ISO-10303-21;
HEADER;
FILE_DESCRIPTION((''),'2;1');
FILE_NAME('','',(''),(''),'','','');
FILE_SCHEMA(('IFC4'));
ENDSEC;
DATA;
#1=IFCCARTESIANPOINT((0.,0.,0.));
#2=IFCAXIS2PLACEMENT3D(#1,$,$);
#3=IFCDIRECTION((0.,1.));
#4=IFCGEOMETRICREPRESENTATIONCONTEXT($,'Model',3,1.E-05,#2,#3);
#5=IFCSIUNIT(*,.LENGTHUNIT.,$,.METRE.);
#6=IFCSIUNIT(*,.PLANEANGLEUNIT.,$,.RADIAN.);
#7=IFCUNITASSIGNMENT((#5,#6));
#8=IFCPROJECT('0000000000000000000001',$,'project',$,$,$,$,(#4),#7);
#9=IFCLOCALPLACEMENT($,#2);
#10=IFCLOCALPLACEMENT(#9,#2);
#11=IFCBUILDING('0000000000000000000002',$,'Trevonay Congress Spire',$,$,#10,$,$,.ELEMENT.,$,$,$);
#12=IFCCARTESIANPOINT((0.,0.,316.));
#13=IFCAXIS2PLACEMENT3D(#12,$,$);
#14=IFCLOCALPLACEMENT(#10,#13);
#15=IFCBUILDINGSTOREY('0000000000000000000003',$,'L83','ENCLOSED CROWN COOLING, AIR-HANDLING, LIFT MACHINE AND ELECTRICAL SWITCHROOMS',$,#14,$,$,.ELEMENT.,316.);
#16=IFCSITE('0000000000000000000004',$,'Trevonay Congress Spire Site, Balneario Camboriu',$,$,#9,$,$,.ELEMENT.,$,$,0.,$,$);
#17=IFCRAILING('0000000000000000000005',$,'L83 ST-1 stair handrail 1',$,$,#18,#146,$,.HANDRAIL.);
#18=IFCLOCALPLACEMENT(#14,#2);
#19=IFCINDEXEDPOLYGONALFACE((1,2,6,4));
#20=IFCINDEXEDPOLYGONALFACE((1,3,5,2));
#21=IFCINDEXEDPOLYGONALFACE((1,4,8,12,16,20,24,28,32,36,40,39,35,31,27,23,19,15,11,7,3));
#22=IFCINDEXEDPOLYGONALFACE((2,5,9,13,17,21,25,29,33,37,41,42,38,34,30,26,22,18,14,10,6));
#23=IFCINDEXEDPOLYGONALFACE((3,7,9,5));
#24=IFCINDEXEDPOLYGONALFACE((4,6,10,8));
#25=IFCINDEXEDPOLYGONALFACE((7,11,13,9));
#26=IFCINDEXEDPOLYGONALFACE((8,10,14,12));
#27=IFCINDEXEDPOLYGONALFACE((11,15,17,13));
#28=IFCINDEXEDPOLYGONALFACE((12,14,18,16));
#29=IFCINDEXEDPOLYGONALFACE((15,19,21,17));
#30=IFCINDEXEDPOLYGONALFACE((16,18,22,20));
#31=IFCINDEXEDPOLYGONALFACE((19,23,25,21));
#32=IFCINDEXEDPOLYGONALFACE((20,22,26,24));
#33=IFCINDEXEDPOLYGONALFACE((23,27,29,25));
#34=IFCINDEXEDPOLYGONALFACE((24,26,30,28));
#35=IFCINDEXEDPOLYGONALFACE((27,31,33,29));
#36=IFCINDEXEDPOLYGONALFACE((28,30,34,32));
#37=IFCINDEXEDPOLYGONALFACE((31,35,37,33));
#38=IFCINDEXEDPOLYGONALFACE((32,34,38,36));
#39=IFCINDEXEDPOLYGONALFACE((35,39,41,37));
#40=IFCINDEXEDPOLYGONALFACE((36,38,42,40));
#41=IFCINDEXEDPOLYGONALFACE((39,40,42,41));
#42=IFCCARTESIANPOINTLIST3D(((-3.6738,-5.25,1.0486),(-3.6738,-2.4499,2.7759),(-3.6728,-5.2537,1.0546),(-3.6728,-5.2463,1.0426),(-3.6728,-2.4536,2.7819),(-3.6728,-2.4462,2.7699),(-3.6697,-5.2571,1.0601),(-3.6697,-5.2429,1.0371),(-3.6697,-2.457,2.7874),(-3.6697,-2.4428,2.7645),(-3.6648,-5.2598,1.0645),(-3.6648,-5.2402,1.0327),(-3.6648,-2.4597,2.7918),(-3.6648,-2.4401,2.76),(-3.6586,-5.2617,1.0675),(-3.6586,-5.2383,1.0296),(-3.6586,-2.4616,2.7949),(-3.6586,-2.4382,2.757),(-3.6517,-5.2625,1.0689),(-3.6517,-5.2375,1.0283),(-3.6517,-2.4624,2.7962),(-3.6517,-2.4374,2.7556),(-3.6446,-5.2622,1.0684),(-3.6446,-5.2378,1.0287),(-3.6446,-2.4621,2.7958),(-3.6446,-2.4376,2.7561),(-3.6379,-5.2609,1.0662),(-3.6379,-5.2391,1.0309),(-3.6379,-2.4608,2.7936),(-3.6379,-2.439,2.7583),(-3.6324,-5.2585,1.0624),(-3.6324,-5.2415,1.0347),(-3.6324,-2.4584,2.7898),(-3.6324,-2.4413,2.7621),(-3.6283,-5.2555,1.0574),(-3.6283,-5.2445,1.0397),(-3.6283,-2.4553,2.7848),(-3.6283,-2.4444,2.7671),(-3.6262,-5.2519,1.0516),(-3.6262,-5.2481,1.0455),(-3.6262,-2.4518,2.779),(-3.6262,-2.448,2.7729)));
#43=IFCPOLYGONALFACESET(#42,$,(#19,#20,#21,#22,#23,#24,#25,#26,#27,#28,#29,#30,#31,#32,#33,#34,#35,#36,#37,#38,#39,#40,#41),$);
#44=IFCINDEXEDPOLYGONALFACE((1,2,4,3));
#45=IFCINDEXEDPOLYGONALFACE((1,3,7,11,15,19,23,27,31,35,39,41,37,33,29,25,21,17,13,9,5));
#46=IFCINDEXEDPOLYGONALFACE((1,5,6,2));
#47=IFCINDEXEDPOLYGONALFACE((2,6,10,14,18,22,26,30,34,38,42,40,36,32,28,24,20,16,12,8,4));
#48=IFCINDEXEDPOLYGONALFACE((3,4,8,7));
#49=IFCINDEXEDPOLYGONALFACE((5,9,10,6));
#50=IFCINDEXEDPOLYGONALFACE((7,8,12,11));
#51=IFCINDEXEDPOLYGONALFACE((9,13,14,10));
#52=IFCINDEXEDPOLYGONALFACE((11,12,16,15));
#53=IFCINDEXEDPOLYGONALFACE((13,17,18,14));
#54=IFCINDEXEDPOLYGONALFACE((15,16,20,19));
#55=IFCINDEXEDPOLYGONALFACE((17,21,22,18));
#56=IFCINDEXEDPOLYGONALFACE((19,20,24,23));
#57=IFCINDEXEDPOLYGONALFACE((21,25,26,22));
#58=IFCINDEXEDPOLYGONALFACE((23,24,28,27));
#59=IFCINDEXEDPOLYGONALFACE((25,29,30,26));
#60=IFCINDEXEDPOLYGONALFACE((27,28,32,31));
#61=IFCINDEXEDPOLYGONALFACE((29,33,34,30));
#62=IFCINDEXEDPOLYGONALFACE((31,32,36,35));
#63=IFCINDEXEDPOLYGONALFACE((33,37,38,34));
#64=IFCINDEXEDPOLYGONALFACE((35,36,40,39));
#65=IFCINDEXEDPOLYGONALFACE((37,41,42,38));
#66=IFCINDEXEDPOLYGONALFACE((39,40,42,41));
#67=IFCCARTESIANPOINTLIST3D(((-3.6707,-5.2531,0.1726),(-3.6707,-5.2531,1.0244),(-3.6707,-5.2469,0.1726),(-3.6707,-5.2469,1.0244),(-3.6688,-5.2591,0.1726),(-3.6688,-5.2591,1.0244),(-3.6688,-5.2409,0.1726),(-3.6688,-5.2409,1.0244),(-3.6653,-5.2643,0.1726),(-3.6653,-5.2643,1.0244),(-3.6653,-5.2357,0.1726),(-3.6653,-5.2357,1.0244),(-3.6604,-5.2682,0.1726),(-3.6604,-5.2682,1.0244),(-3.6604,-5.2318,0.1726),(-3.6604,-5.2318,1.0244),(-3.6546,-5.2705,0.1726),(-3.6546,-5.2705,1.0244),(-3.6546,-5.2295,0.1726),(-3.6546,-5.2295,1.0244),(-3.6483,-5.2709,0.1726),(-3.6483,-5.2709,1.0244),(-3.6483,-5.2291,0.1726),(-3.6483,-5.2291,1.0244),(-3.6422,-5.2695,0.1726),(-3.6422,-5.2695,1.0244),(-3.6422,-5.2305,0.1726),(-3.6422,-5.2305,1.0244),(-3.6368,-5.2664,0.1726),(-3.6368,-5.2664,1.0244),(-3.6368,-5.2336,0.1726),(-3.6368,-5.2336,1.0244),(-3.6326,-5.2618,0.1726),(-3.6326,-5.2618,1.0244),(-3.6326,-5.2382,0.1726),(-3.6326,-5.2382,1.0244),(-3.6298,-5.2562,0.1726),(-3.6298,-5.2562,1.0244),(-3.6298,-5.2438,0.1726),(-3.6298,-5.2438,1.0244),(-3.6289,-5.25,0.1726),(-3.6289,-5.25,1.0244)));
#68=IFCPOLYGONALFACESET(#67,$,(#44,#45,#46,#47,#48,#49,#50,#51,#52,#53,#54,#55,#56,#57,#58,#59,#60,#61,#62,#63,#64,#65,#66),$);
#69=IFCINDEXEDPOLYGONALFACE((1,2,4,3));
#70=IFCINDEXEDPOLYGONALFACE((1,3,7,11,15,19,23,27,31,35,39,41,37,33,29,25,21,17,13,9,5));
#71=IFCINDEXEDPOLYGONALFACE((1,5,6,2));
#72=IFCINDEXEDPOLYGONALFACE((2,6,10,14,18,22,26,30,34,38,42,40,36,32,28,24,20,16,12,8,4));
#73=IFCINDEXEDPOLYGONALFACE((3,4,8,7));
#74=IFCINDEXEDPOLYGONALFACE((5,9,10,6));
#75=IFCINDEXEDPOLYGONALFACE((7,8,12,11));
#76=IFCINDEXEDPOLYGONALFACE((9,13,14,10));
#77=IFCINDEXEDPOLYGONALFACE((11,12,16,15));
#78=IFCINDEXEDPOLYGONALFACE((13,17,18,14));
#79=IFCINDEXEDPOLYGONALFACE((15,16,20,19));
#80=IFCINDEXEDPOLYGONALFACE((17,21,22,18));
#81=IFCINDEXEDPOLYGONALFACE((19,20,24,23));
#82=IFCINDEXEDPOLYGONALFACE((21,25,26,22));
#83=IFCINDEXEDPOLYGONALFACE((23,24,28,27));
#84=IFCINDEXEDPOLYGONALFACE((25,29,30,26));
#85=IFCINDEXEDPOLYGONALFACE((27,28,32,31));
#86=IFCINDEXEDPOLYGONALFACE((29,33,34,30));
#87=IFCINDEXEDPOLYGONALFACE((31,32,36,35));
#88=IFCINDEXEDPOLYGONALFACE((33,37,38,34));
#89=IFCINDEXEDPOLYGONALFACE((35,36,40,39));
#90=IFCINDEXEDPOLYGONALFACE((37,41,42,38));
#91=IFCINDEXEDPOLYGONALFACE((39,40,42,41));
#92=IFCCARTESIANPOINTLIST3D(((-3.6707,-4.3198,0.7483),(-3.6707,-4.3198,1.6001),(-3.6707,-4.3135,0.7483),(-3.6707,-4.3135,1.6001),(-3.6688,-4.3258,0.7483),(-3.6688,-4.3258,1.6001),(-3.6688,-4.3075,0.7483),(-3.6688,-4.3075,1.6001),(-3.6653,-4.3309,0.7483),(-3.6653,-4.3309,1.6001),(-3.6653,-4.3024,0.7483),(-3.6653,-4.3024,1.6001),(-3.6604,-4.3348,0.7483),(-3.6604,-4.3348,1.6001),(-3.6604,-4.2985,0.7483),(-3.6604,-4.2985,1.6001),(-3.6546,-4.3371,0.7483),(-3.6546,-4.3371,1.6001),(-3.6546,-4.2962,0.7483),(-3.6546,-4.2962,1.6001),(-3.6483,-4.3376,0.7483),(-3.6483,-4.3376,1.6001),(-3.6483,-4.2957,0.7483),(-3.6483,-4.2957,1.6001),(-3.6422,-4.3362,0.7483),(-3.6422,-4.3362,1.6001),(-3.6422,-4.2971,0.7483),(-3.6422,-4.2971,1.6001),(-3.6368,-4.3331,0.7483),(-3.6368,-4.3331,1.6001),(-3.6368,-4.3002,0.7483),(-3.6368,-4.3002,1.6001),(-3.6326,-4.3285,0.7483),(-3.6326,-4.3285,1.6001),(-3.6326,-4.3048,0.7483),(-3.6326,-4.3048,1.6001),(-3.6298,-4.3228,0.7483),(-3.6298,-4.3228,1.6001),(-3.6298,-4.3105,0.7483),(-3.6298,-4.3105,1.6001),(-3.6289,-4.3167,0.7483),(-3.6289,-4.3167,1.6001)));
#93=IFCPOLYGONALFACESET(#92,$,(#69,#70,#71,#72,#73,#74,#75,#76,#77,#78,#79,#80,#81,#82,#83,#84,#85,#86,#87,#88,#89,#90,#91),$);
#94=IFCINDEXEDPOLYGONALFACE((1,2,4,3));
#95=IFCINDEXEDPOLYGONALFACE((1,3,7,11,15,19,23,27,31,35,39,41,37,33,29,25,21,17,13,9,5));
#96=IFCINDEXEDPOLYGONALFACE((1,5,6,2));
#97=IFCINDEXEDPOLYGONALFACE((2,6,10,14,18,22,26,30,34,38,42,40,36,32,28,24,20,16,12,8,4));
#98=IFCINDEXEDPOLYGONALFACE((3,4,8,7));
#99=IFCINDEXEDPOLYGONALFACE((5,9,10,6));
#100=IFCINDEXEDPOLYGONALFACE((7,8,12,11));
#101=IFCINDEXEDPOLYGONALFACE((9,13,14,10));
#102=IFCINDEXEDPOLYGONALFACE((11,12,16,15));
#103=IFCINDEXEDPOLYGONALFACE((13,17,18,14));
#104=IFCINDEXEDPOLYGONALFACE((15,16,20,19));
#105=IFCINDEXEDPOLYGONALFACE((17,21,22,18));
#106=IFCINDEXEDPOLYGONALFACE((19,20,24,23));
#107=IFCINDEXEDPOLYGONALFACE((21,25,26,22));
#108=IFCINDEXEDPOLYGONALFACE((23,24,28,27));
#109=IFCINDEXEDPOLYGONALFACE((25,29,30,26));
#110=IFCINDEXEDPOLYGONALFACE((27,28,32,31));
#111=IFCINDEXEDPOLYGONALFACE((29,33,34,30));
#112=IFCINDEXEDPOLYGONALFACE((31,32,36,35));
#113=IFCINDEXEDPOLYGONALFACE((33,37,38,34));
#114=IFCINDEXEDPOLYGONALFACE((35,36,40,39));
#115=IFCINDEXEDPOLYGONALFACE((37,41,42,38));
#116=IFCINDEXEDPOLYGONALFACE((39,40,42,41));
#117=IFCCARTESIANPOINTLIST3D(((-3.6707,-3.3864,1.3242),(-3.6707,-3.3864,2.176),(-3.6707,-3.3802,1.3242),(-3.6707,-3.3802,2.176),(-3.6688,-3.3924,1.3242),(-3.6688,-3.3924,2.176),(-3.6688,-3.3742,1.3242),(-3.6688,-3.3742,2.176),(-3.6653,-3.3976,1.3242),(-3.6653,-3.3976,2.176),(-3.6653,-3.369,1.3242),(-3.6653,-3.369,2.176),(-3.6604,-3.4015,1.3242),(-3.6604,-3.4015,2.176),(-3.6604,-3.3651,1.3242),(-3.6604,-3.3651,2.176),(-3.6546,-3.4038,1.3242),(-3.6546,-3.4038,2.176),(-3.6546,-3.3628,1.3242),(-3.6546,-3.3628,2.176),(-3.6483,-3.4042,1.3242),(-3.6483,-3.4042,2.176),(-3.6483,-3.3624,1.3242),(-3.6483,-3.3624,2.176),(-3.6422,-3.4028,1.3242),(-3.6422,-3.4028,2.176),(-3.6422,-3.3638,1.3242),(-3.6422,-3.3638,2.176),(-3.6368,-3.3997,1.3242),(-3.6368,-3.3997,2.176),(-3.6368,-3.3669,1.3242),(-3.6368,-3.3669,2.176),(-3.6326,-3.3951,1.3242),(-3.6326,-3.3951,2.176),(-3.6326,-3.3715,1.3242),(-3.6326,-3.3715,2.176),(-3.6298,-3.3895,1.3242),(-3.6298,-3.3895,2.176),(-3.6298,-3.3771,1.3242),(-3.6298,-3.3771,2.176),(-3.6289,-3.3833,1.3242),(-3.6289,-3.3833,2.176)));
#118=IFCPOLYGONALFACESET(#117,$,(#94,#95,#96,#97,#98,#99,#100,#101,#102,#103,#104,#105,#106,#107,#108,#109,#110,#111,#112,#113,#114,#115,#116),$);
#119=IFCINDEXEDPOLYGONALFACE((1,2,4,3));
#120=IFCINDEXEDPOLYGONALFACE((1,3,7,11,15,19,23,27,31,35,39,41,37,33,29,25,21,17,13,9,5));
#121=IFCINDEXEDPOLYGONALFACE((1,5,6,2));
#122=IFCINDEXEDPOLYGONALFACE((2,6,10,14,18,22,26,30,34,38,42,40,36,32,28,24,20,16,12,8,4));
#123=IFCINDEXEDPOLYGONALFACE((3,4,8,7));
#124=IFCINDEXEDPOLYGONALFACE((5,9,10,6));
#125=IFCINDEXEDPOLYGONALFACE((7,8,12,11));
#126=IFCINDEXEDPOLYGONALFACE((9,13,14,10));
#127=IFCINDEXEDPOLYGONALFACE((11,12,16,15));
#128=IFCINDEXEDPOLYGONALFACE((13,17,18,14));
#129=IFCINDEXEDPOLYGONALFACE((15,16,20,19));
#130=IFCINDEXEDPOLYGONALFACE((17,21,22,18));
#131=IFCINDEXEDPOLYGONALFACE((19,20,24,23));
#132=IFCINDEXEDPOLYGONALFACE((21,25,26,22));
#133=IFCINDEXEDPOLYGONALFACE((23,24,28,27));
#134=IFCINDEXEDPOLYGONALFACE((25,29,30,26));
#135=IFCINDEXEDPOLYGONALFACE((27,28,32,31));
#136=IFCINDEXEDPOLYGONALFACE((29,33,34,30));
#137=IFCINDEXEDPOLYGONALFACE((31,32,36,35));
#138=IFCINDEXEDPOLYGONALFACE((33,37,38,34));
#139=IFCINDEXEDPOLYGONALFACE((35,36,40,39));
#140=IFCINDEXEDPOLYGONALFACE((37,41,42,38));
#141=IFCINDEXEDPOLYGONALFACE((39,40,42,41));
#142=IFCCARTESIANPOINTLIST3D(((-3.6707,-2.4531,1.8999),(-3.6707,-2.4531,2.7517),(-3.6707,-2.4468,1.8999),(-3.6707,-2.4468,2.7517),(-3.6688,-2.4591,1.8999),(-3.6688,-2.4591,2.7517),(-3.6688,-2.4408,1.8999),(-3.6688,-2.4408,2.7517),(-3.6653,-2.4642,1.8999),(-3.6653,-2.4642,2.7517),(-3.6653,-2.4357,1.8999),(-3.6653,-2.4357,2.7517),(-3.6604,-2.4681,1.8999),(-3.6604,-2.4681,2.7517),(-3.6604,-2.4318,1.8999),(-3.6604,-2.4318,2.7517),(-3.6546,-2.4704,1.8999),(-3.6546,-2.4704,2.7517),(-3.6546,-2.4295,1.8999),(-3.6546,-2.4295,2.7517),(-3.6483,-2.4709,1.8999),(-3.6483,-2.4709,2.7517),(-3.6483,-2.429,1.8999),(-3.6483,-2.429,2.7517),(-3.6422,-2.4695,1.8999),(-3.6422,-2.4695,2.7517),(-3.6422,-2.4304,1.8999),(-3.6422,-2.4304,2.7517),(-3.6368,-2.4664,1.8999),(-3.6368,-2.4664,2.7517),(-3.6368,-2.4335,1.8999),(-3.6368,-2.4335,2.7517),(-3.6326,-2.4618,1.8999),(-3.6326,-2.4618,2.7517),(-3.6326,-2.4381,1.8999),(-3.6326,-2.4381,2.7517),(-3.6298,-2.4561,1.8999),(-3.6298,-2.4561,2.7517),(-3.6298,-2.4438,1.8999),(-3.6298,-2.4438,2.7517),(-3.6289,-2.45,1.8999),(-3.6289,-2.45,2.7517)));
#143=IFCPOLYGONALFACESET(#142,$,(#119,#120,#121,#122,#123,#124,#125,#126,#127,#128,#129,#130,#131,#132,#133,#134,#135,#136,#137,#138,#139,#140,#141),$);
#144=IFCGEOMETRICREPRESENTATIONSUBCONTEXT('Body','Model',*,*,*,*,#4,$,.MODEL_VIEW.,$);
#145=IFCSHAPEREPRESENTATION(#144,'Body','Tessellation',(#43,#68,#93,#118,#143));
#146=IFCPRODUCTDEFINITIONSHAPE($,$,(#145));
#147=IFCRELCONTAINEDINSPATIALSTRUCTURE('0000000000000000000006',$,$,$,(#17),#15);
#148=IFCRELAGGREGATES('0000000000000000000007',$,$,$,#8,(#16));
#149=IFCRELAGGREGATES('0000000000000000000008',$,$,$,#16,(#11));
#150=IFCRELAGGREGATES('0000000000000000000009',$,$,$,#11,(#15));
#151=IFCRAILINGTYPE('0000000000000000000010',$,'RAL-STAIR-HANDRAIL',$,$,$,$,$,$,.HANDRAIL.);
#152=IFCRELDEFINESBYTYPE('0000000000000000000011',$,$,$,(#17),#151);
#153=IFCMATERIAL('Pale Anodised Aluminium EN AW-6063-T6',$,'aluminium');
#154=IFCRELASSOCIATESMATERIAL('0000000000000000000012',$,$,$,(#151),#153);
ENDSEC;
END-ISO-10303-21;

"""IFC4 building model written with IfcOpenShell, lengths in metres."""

from ifc_helpers import new_model, si_unit, direction, frame, origin, origin_2d, place, context, subcontext, project, spatial, circle, extrude, material, type_object, element, save


model = new_model("IFC4")

# Units and contexts
model_context = context("Model", 3, precision=1e-05, world=origin(), true_north=direction((0.0, 1.0)))
body_context = subcontext(model_context, "Body", "Model", "MODEL_VIEW")
ifc_project = project(units=[si_unit("LENGTHUNIT", "METRE"), si_unit("PLANEANGLEUNIT", "RADIAN")], contexts=[model_context])

# Site, building, storey
site_placement = place(None, origin())
site = spatial("IfcSite", under=ifc_project, at=site_placement, Name="Trevonay Congress Spire Site, Balneario Camboriu", CompositionType="ELEMENT", RefElevation=0.0)
building_placement = place(site_placement, origin())
building = spatial("IfcBuilding", under=site, at=building_placement, Name="Trevonay Congress Spire", CompositionType="ELEMENT")
storey_placement = place(building_placement, frame((0.0, 0.0, 316.0)))
storey = spatial("IfcBuildingStorey", under=building, at=storey_placement, Name="L83", Description="ENCLOSED CROWN COOLING, AIR-HANDLING, LIFT MACHINE AND ELECTRICAL SWITCHROOMS", CompositionType="ELEMENT", Elevation=316.0)

# Railing
ifc_material_1 = material(Name="Pale Anodised Aluminium EN AW-6063-T6", Category="aluminium")
railing_type_1 = type_object("IfcRailingType", Name="RAL-STAIR-HANDRAIL", PredefinedType="HANDRAIL", material=ifc_material_1)
railing_1_placement = place(storey_placement, frame((-3.6499, -5.25, 0.1726)))
element("IfcRailing", 1, at=railing_1_placement, inside=storey, type_object=railing_type_1, Name="L83 ST-1 stair handrail 1", PredefinedType="HANDRAIL", context=body_context, shape_type="SweptSolid", body=[
    extrude(circle(Radius=0.0239, at=origin_2d()), frame((0.0, 0.0, 0.876), z_axis=(0.0, 0.85109, 0.52502), x_axis=(-1.0, 0.0, 0.0)), (0.0, 0.0, 1.0), 3.29),
    extrude(circle(Radius=0.021, at=origin_2d()), origin(), (0.0, 0.0, 1.0), 0.8518),
    extrude(circle(Radius=0.021, at=origin_2d()), frame((0.0, 0.9333, 0.5757)), (0.0, 0.0, 1.0), 0.8518),
    extrude(circle(Radius=0.021, at=origin_2d()), frame((0.0, 1.8667, 1.1516)), (0.0, 0.0, 1.0), 0.8518),
    extrude(circle(Radius=0.021, at=origin_2d()), frame((0.0, 2.8, 1.7273)), (0.0, 0.0, 1.0), 0.8518),
])

save(model, "model.ifc")
